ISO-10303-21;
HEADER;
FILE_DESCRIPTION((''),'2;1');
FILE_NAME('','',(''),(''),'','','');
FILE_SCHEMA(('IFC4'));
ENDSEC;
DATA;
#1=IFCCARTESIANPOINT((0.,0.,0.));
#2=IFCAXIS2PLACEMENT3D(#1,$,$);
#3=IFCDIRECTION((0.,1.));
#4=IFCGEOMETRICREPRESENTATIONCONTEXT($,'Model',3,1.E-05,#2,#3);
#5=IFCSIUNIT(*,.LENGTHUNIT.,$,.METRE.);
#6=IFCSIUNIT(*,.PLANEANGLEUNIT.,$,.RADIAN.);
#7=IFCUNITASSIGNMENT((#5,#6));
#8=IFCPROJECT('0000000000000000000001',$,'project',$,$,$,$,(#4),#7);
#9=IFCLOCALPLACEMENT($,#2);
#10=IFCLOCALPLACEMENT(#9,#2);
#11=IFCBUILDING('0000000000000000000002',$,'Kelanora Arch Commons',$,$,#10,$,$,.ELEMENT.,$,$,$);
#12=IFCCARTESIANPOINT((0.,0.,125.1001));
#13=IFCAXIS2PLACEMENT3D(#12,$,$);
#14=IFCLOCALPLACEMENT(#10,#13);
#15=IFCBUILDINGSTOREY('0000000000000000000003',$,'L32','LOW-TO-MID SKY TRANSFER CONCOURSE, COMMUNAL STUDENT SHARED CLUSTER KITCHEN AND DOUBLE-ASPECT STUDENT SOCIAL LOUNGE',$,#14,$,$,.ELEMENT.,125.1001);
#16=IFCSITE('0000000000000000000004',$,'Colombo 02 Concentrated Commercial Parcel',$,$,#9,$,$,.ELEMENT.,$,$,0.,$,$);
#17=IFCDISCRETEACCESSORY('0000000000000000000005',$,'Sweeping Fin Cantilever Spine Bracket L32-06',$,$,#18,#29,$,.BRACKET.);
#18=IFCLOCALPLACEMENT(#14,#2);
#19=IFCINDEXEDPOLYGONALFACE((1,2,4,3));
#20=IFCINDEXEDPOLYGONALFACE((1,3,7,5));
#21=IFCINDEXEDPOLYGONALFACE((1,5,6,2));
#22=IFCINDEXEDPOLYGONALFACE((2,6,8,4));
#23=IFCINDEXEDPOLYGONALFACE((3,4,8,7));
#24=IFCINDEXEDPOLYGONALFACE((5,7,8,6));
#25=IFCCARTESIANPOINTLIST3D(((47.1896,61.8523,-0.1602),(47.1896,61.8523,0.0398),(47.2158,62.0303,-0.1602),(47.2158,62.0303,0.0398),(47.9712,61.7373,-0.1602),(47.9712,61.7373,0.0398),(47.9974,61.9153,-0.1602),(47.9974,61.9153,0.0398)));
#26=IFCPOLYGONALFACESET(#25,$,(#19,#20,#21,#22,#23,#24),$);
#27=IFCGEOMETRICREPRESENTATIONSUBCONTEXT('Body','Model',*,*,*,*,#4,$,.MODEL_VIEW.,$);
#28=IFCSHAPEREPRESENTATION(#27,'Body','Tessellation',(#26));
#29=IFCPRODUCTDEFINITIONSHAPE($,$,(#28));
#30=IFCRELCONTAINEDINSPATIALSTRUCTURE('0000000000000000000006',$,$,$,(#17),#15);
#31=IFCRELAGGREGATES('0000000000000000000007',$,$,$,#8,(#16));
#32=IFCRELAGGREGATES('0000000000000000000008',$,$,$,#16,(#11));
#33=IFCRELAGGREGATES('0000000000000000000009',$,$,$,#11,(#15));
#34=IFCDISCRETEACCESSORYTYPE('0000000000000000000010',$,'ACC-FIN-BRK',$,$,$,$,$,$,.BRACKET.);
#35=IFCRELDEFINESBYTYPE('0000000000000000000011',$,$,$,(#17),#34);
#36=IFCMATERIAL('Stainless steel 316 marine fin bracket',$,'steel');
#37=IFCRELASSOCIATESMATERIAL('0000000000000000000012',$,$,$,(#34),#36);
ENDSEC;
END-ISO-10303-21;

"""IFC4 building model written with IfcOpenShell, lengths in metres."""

from ifc_helpers import new_model, si_unit, direction, frame, origin, origin_2d, place, context, subcontext, project, spatial, rectangle, extrude, source, transform, mapped, material, type_object, element, save


model = new_model("IFC4")

# Units and contexts
model_context = context("Model", 3, precision=1e-05, world=origin(), true_north=direction((0.0, 1.0)))
body_context = subcontext(model_context, "Body", "Model", "MODEL_VIEW")
ifc_project = project(units=[si_unit("LENGTHUNIT", "METRE"), si_unit("PLANEANGLEUNIT", "RADIAN")], contexts=[model_context])

# Site, building, storey
site_placement = place(None, origin())
site = spatial("IfcSite", under=ifc_project, at=site_placement, Name="Colombo 02 Concentrated Commercial Parcel", CompositionType="ELEMENT", RefElevation=0.0)
building_placement = place(site_placement, origin())
building = spatial("IfcBuilding", under=site, at=building_placement, Name="Kelanora Arch Commons", CompositionType="ELEMENT")
storey_placement = place(building_placement, frame((0.0, 0.0, 125.1001)))
storey = spatial("IfcBuildingStorey", under=building, at=storey_placement, Name="L32", Description="LOW-TO-MID SKY TRANSFER CONCOURSE, COMMUNAL STUDENT SHARED CLUSTER KITCHEN AND DOUBLE-ASPECT STUDENT SOCIAL LOUNGE", CompositionType="ELEMENT", Elevation=125.1001)

# Discrete accessory
ifc_material_1 = material(Name="Stainless steel 316 marine fin bracket", Category="steel")
discrete_accessory_type = type_object("IfcDiscreteAccessoryType", Name="ACC-FIN-BRK", PredefinedType="BRACKET", material=ifc_material_1)
shared_shape_1 = source(origin(), body_context, "Body", "SweptSolid", [
    extrude(rectangle(XDim=0.79, YDim=0.1799, at=origin_2d()), origin(), (0.0, 0.0, 1.0), 0.2),
])
discrete_accessory_placement = place(storey_placement, frame((47.5935, 61.8838, -0.1602), z_axis=(0.0, 0.0, 1.0), x_axis=(-0.989349, 0.145565, 0.0)))
element("IfcDiscreteAccessory", 1, at=discrete_accessory_placement, inside=storey, type_object=discrete_accessory_type, Name="Sweeping Fin Cantilever Spine Bracket L32-06", PredefinedType="BRACKET", context=body_context, shape_type="MappedRepresentation", body=[
    mapped(shared_shape_1, transform((0.0, 0.0, 0.0), scale=1.0)),
])

save(model, "model.ifc")
